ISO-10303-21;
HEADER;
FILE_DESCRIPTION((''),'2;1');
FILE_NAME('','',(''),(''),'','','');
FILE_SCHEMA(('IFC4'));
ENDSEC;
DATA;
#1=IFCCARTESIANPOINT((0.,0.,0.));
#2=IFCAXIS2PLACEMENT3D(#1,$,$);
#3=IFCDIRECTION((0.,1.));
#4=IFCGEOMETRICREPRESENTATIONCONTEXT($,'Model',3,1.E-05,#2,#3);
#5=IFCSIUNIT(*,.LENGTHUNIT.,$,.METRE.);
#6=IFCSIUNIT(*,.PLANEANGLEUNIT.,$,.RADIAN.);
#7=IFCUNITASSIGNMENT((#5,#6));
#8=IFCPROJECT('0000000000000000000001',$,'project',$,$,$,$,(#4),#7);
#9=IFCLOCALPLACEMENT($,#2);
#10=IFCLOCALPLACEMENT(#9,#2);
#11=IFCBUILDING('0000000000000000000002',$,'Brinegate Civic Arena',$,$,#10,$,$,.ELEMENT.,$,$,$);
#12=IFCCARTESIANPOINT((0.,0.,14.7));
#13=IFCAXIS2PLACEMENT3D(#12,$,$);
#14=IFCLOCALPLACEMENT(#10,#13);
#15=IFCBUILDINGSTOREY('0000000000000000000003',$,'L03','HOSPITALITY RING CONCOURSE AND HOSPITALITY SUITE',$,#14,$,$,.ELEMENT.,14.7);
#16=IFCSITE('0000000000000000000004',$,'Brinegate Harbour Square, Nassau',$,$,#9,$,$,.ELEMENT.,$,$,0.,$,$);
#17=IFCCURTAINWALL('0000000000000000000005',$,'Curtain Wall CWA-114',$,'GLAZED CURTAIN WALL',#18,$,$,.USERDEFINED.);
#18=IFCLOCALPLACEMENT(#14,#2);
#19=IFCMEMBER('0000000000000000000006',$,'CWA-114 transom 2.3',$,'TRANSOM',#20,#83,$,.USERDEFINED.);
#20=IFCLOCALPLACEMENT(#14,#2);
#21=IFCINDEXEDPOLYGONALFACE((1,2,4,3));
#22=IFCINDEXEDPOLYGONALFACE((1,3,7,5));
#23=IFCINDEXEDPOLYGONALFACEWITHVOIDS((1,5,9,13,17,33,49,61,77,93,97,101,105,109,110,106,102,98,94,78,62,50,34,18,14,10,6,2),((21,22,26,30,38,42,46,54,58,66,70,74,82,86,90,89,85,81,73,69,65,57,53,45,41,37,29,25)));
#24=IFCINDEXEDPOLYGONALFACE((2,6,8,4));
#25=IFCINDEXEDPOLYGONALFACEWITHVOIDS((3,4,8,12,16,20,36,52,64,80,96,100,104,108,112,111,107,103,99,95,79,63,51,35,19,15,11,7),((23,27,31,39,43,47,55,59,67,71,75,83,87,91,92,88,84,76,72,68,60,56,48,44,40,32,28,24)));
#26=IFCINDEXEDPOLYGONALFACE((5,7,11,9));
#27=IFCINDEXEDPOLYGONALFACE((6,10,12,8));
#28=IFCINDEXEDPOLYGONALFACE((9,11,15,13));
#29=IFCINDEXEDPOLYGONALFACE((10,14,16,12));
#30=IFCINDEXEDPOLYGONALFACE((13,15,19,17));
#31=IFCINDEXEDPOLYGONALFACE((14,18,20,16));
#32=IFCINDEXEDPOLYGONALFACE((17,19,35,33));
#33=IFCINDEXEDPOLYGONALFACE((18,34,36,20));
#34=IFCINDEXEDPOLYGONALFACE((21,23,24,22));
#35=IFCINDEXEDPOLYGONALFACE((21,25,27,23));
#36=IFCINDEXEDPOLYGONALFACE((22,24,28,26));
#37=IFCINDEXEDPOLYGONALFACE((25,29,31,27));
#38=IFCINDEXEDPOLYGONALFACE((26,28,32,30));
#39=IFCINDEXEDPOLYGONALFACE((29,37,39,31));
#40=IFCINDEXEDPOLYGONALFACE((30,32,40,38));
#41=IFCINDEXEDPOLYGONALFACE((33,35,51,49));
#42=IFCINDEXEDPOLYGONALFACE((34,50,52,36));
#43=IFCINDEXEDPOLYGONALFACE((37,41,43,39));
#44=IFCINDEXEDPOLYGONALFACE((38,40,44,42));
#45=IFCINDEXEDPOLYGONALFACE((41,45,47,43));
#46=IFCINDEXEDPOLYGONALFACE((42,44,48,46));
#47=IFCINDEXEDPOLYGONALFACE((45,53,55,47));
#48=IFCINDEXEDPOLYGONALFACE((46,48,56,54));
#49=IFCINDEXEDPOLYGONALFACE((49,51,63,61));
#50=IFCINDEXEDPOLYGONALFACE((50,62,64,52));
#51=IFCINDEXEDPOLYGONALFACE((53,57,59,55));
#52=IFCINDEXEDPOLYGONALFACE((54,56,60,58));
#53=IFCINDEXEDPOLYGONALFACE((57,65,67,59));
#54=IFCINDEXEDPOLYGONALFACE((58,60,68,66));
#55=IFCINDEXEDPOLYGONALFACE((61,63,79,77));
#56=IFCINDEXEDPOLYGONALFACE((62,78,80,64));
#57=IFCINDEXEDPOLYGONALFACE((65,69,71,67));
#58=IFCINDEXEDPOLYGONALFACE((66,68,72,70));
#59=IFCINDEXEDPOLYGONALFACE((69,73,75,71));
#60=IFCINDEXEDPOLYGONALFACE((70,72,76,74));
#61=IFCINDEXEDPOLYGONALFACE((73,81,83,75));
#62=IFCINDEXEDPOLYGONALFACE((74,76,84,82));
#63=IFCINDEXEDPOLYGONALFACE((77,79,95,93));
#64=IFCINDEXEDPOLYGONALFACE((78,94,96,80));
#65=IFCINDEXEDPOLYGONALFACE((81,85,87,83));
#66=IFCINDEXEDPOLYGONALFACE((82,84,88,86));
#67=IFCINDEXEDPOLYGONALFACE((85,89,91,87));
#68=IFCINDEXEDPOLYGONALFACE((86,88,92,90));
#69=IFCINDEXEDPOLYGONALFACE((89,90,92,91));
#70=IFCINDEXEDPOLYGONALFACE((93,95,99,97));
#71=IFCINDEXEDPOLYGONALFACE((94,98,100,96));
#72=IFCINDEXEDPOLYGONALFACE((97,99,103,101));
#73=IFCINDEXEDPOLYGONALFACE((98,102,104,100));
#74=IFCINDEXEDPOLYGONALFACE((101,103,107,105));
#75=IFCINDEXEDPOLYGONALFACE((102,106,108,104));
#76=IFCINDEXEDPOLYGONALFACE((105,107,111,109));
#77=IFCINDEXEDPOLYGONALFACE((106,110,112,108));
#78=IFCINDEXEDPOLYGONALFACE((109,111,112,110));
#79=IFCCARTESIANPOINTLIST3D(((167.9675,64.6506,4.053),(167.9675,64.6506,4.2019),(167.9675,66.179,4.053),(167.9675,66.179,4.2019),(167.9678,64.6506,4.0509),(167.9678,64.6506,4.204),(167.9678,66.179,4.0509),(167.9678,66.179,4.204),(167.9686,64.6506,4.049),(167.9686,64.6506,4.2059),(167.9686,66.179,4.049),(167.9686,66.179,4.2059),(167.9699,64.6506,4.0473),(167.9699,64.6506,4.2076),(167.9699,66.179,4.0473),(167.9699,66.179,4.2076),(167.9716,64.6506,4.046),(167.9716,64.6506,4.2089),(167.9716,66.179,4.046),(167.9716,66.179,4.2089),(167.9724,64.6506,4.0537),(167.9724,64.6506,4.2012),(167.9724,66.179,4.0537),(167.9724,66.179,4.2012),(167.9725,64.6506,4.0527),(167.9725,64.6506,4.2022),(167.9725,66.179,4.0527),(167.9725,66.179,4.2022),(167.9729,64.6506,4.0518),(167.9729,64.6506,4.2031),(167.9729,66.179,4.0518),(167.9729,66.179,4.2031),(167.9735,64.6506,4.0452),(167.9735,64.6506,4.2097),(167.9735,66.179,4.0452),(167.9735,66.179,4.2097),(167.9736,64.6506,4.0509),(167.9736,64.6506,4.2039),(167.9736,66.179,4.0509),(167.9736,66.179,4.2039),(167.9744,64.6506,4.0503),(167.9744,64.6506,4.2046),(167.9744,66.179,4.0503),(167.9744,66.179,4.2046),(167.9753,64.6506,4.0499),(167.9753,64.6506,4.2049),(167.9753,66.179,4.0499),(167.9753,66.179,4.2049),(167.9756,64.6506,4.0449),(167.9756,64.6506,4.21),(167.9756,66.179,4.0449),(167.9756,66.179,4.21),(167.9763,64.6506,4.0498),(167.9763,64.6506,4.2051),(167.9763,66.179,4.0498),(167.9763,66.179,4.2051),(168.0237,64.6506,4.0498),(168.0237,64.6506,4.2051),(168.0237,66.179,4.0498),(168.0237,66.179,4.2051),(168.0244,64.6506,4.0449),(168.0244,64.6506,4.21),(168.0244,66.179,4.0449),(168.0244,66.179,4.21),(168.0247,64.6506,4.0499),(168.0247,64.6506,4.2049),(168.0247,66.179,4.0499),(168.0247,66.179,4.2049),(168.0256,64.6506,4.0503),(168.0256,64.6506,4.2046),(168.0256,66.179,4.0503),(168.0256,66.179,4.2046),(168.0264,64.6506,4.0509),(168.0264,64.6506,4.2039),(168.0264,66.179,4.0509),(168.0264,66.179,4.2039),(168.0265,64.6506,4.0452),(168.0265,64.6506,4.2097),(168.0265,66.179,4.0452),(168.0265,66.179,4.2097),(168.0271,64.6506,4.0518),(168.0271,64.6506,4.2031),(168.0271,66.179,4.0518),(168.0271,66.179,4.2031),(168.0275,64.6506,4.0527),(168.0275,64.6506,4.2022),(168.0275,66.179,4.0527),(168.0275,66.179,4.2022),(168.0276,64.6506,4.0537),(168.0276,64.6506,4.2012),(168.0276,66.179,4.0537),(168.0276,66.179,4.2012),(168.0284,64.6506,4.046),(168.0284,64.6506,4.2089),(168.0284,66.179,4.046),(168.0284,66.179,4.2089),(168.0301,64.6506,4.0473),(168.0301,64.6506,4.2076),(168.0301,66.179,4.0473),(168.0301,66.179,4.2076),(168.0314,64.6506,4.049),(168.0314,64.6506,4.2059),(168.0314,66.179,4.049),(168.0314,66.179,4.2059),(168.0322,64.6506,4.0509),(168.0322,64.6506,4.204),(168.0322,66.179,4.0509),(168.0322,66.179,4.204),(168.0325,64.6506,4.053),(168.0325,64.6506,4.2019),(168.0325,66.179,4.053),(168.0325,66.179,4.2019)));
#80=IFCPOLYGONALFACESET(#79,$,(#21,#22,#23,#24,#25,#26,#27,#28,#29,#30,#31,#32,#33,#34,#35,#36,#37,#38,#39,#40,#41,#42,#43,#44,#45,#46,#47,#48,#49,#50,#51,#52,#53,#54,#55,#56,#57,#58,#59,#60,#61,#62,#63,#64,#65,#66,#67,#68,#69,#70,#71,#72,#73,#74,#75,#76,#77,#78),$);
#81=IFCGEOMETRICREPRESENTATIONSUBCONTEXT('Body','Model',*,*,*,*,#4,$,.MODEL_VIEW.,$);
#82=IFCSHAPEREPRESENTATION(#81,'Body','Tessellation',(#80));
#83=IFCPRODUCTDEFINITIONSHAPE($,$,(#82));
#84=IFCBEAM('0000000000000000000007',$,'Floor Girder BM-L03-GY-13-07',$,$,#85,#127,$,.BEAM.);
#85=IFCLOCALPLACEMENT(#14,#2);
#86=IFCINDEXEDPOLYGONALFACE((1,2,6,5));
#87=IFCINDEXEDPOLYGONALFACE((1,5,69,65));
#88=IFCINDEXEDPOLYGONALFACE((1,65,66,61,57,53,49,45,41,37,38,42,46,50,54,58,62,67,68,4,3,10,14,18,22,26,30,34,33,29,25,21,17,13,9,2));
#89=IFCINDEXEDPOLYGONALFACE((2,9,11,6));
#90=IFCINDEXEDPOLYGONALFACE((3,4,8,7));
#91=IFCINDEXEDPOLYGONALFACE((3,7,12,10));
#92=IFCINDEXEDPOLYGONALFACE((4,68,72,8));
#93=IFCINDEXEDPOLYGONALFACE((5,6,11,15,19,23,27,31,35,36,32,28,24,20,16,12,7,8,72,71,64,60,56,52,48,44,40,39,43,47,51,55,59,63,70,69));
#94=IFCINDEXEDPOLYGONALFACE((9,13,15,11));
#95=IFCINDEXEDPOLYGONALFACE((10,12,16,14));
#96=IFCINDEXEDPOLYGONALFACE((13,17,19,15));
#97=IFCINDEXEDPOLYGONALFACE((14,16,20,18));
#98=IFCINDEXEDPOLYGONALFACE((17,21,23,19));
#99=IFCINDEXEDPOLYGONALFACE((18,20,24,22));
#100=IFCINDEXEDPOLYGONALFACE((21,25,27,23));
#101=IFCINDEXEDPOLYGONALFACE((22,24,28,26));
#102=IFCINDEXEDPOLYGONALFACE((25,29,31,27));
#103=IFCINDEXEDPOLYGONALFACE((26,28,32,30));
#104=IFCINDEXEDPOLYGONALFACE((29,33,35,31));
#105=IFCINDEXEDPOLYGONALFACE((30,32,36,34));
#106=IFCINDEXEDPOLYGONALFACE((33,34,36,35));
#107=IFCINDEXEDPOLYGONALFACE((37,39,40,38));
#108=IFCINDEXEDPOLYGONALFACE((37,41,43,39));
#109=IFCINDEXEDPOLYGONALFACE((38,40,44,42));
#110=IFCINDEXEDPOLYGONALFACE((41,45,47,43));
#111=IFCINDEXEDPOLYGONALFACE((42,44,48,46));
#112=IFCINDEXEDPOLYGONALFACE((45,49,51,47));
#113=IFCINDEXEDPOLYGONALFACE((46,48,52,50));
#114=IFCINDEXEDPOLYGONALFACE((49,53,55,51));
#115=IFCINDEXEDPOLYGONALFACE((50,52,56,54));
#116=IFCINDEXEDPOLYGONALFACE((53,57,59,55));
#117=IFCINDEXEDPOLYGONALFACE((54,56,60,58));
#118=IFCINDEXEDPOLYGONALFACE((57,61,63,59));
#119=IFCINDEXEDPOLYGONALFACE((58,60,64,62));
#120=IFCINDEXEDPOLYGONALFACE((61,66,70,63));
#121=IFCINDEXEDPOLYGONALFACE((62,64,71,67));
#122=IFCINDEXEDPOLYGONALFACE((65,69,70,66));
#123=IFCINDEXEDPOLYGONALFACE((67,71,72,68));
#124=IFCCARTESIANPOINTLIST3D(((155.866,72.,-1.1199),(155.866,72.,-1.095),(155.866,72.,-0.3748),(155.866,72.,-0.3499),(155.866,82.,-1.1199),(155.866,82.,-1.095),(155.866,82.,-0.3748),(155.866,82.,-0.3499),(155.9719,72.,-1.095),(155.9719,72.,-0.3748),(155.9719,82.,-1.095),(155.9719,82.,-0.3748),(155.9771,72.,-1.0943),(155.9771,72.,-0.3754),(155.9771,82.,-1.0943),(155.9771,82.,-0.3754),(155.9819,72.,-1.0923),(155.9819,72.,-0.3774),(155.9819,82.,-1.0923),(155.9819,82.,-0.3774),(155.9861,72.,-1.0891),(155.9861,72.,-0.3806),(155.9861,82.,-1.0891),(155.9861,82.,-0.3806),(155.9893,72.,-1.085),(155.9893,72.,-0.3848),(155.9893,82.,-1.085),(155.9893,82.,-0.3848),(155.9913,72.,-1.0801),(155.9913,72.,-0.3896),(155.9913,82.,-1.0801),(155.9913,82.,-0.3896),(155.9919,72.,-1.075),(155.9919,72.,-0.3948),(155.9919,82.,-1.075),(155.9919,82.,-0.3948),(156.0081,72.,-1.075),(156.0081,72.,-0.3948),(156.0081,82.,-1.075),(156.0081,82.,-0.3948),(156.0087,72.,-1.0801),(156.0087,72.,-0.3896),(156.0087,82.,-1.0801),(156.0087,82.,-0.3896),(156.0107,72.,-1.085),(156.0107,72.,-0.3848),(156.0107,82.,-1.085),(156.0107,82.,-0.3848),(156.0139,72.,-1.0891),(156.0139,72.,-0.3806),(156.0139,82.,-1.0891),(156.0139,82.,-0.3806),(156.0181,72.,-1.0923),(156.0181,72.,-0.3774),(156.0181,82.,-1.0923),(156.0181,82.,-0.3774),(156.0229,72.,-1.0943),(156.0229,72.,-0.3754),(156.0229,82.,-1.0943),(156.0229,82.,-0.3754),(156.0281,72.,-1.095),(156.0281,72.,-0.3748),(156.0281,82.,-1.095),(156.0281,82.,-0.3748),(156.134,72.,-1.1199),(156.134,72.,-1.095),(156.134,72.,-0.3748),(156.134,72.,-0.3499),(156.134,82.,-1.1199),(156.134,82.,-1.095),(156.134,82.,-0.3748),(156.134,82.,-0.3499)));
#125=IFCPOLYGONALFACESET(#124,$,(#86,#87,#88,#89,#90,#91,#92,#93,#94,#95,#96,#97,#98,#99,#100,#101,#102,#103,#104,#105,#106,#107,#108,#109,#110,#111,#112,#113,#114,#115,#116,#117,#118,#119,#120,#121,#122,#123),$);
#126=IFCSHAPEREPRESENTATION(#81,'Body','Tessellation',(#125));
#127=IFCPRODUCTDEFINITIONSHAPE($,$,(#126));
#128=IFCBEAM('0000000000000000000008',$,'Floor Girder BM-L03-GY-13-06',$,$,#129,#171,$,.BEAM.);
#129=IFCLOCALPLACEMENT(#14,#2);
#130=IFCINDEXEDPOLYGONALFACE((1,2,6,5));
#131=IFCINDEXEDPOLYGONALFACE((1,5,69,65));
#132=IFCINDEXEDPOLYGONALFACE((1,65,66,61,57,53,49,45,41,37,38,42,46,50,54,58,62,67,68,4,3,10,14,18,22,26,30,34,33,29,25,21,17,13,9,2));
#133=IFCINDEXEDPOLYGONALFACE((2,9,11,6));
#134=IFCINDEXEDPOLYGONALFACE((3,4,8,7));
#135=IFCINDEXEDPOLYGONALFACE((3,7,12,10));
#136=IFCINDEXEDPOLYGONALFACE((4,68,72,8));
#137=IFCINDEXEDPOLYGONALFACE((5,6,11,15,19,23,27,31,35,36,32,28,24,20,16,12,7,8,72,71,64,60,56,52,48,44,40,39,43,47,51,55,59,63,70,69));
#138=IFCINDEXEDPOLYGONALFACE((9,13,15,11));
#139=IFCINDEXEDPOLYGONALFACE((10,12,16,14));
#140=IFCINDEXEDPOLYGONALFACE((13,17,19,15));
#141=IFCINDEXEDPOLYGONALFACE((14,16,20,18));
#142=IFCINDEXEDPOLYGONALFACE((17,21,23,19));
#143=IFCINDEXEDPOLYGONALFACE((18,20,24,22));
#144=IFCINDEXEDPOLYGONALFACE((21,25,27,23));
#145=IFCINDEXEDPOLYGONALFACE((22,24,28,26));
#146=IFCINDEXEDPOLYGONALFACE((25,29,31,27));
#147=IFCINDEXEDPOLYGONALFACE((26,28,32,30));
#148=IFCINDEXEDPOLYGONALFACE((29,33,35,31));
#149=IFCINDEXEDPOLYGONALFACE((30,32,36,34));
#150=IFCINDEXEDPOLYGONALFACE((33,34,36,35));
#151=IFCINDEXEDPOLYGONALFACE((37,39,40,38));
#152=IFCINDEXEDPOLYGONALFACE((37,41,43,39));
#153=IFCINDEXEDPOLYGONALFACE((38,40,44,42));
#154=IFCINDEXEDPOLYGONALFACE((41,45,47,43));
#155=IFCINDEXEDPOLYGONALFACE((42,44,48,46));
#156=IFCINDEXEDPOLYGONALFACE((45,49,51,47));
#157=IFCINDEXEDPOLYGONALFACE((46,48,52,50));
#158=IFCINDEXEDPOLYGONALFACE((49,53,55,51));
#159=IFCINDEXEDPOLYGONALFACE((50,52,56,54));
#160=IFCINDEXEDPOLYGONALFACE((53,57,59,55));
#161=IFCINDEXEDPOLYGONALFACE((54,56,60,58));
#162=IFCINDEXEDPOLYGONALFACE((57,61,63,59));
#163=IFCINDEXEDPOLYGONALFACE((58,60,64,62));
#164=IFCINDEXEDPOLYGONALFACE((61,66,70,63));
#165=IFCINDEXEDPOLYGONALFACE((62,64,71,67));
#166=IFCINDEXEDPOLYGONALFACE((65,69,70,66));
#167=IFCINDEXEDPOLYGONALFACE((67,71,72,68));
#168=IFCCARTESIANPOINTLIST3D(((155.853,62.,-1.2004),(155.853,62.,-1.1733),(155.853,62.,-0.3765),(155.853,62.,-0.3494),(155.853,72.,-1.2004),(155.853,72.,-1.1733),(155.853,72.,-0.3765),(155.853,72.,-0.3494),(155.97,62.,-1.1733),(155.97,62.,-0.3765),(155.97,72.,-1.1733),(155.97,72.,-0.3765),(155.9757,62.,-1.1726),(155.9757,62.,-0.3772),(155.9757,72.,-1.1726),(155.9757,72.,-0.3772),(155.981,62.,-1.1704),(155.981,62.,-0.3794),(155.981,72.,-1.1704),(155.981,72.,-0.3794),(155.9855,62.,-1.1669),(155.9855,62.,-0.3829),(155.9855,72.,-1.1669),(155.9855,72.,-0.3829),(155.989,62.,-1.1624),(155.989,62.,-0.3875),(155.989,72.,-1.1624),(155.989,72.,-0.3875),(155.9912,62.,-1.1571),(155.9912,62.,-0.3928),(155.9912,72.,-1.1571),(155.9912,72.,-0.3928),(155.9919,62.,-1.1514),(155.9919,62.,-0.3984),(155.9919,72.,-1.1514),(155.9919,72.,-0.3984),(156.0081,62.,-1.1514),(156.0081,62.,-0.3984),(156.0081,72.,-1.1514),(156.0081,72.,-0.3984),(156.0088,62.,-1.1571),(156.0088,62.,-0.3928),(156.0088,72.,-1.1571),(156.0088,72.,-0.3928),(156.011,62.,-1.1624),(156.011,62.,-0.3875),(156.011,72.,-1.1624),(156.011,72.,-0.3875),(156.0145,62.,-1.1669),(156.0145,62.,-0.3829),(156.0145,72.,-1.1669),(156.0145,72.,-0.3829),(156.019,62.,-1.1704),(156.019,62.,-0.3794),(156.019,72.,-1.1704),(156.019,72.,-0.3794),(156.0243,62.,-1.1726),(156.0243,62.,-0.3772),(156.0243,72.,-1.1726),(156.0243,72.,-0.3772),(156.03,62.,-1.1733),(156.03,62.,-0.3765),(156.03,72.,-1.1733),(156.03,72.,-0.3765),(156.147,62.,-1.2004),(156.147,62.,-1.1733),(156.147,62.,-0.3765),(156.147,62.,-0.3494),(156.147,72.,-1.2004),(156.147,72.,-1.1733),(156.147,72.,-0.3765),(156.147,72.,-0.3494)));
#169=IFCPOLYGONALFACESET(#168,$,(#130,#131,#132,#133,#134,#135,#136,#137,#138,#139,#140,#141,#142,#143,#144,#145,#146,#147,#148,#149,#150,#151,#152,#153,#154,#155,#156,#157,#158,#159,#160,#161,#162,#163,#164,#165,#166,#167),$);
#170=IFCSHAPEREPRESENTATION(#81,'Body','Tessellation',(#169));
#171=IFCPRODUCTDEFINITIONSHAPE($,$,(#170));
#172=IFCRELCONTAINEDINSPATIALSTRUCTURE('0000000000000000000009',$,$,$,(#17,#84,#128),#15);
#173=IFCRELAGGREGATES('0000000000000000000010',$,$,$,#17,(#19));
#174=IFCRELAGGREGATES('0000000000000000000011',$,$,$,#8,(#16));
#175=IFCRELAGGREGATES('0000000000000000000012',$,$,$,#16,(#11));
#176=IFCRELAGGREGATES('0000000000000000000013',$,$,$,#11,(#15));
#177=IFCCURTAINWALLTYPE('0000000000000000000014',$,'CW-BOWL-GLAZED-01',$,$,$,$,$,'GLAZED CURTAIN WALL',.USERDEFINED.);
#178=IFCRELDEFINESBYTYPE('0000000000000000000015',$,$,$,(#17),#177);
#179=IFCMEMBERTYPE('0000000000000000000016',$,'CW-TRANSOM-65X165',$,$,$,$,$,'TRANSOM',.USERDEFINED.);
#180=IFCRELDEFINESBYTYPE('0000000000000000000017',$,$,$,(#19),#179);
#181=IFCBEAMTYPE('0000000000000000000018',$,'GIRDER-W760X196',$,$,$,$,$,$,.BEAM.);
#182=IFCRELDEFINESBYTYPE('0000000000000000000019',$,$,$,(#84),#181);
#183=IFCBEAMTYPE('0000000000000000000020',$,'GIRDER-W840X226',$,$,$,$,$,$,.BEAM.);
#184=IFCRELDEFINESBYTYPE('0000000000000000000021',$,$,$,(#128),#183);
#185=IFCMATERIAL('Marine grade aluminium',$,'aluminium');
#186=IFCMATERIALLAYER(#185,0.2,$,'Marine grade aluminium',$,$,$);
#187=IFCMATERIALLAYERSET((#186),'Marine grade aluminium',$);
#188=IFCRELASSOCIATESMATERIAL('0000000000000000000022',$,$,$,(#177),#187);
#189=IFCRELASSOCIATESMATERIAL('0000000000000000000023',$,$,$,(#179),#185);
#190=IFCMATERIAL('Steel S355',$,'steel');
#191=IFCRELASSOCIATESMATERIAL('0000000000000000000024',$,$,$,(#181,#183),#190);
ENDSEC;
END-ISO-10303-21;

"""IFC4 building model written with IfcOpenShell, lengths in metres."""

from ifc_helpers import new_model, si_unit, direction, frame, origin, origin_2d, place, context, subcontext, project, spatial, hollow_rectangle, i_section, extrude, material, layer, layer_set, material_profile, profile_set, type_object, element, aggregate, save


model = new_model("IFC4")

# Units and contexts
model_context = context("Model", 3, precision=1e-05, world=origin(), true_north=direction((0.0, 1.0)))
body_context = subcontext(model_context, "Body", "Model", "MODEL_VIEW")
ifc_project = project(units=[si_unit("LENGTHUNIT", "METRE"), si_unit("PLANEANGLEUNIT", "RADIAN")], contexts=[model_context])

# Site, building, storey
site_placement = place(None, origin())
site = spatial("IfcSite", under=ifc_project, at=site_placement, Name="Brinegate Harbour Square, Nassau", CompositionType="ELEMENT", RefElevation=0.0)
building_placement = place(site_placement, origin())
building = spatial("IfcBuilding", under=site, at=building_placement, Name="Brinegate Civic Arena", CompositionType="ELEMENT")
storey_placement = place(building_placement, frame((0.0, 0.0, 14.7)))
storey = spatial("IfcBuildingStorey", under=building, at=storey_placement, Name="L03", Description="HOSPITALITY RING CONCOURSE AND HOSPITALITY SUITE", CompositionType="ELEMENT", Elevation=14.7)

# Curtain wall, member
ifc_material_1 = material(Name="Marine grade aluminium", Category="aluminium")
ifc_layer_1 = layer(ifc_material_1, 0.2, Name="Marine grade aluminium")
ifc_layer_set_1 = layer_set([ifc_layer_1], Name="Marine grade aluminium")
curtain_wall_type = type_object("IfcCurtainWallType", Name="CW-BOWL-GLAZED-01", ElementType="GLAZED CURTAIN WALL", PredefinedType="USERDEFINED", material=ifc_layer_set_1)
curtain_wall_placement = place(storey_placement, origin())
curtain_wall = element("IfcCurtainWall", 1, at=curtain_wall_placement, inside=storey, type_object=curtain_wall_type, Name="Curtain Wall CWA-114", ObjectType="GLAZED CURTAIN WALL", PredefinedType="USERDEFINED")
ifc_material_profile_1 = material_profile(ifc_material_1, hollow_rectangle(XDim=0.0649, YDim=0.165, WallThickness=0.0049, InnerFilletRadius=0.0039, OuterFilletRadius=0.0081, at=origin_2d()), Name="TRN65X165")
ifc_profile_set_1 = profile_set([ifc_material_profile_1], Name="Marine grade aluminium")
member_type_1 = type_object("IfcMemberType", Name="CW-TRANSOM-65X165", ElementType="TRANSOM", PredefinedType="USERDEFINED", material=ifc_profile_set_1)
member_1_placement = place(storey_placement, frame((168.0, 64.6506, 4.1274), z_axis=(0.0, 1.0, 0.0), x_axis=(-1.0, 0.0, 0.0)))
member_1 = element("IfcMember", 2, at=member_1_placement, type_object=member_type_1, Name="CWA-114 transom 2.3", ObjectType="TRANSOM", PredefinedType="USERDEFINED", context=body_context, shape_type="SweptSolid", body=[
    extrude(hollow_rectangle(XDim=0.0649, YDim=0.165, WallThickness=0.0049, InnerFilletRadius=0.0039, OuterFilletRadius=0.0081, at=origin_2d()), origin(), (0.0, 0.0, 1.0), 1.5283),
])

# Beams
ifc_material_2 = material(Name="Steel S355", Category="steel")
ifc_material_profile_2 = material_profile(ifc_material_2, i_section(OverallWidth=0.2681, OverallDepth=0.77, WebThickness=0.0161, FlangeThickness=0.0249, FilletRadius=0.02, at=origin_2d()), Name="W760X196")
ifc_profile_set_2 = profile_set([ifc_material_profile_2], Name="Steel S355")
beam_type_1 = type_object("IfcBeamType", Name="GIRDER-W760X196", PredefinedType="BEAM", material=ifc_profile_set_2)
beam_1_placement = place(storey_placement, frame((156.0, 72.0, -0.7349), z_axis=(0.0, 1.0, 0.0), x_axis=(-1.0, 0.0, 0.0)))
element("IfcBeam", 3, at=beam_1_placement, inside=storey, type_object=beam_type_1, Name="Floor Girder BM-L03-GY-13-07", PredefinedType="BEAM", context=body_context, shape_type="SweptSolid", body=[
    extrude(i_section(OverallWidth=0.2681, OverallDepth=0.77, WebThickness=0.0161, FlangeThickness=0.0249, FilletRadius=0.02, at=origin_2d()), origin(), (0.0, 0.0, 1.0), 10.0),
])
ifc_material_profile_3 = material_profile(ifc_material_2, i_section(OverallWidth=0.2939, OverallDepth=0.8511, WebThickness=0.0161, FlangeThickness=0.0271, FilletRadius=0.022, at=origin_2d()), Name="W840X226")
ifc_profile_set_3 = profile_set([ifc_material_profile_3], Name="Steel S355")
beam_type_2 = type_object("IfcBeamType", Name="GIRDER-W840X226", PredefinedType="BEAM", material=ifc_profile_set_3)
beam_2_placement = place(storey_placement, frame((156.0, 62.0, -0.7749), z_axis=(0.0, 1.0, 0.0), x_axis=(-1.0, 0.0, 0.0)))
element("IfcBeam", 4, at=beam_2_placement, inside=storey, type_object=beam_type_2, Name="Floor Girder BM-L03-GY-13-06", PredefinedType="BEAM", context=body_context, shape_type="SweptSolid", body=[
    extrude(i_section(OverallWidth=0.2939, OverallDepth=0.8511, WebThickness=0.0161, FlangeThickness=0.0271, FilletRadius=0.022, at=origin_2d()), origin(), (0.0, 0.0, 1.0), 10.0),
])

aggregate(curtain_wall, [member_1])

save(model, "model.ifc")
